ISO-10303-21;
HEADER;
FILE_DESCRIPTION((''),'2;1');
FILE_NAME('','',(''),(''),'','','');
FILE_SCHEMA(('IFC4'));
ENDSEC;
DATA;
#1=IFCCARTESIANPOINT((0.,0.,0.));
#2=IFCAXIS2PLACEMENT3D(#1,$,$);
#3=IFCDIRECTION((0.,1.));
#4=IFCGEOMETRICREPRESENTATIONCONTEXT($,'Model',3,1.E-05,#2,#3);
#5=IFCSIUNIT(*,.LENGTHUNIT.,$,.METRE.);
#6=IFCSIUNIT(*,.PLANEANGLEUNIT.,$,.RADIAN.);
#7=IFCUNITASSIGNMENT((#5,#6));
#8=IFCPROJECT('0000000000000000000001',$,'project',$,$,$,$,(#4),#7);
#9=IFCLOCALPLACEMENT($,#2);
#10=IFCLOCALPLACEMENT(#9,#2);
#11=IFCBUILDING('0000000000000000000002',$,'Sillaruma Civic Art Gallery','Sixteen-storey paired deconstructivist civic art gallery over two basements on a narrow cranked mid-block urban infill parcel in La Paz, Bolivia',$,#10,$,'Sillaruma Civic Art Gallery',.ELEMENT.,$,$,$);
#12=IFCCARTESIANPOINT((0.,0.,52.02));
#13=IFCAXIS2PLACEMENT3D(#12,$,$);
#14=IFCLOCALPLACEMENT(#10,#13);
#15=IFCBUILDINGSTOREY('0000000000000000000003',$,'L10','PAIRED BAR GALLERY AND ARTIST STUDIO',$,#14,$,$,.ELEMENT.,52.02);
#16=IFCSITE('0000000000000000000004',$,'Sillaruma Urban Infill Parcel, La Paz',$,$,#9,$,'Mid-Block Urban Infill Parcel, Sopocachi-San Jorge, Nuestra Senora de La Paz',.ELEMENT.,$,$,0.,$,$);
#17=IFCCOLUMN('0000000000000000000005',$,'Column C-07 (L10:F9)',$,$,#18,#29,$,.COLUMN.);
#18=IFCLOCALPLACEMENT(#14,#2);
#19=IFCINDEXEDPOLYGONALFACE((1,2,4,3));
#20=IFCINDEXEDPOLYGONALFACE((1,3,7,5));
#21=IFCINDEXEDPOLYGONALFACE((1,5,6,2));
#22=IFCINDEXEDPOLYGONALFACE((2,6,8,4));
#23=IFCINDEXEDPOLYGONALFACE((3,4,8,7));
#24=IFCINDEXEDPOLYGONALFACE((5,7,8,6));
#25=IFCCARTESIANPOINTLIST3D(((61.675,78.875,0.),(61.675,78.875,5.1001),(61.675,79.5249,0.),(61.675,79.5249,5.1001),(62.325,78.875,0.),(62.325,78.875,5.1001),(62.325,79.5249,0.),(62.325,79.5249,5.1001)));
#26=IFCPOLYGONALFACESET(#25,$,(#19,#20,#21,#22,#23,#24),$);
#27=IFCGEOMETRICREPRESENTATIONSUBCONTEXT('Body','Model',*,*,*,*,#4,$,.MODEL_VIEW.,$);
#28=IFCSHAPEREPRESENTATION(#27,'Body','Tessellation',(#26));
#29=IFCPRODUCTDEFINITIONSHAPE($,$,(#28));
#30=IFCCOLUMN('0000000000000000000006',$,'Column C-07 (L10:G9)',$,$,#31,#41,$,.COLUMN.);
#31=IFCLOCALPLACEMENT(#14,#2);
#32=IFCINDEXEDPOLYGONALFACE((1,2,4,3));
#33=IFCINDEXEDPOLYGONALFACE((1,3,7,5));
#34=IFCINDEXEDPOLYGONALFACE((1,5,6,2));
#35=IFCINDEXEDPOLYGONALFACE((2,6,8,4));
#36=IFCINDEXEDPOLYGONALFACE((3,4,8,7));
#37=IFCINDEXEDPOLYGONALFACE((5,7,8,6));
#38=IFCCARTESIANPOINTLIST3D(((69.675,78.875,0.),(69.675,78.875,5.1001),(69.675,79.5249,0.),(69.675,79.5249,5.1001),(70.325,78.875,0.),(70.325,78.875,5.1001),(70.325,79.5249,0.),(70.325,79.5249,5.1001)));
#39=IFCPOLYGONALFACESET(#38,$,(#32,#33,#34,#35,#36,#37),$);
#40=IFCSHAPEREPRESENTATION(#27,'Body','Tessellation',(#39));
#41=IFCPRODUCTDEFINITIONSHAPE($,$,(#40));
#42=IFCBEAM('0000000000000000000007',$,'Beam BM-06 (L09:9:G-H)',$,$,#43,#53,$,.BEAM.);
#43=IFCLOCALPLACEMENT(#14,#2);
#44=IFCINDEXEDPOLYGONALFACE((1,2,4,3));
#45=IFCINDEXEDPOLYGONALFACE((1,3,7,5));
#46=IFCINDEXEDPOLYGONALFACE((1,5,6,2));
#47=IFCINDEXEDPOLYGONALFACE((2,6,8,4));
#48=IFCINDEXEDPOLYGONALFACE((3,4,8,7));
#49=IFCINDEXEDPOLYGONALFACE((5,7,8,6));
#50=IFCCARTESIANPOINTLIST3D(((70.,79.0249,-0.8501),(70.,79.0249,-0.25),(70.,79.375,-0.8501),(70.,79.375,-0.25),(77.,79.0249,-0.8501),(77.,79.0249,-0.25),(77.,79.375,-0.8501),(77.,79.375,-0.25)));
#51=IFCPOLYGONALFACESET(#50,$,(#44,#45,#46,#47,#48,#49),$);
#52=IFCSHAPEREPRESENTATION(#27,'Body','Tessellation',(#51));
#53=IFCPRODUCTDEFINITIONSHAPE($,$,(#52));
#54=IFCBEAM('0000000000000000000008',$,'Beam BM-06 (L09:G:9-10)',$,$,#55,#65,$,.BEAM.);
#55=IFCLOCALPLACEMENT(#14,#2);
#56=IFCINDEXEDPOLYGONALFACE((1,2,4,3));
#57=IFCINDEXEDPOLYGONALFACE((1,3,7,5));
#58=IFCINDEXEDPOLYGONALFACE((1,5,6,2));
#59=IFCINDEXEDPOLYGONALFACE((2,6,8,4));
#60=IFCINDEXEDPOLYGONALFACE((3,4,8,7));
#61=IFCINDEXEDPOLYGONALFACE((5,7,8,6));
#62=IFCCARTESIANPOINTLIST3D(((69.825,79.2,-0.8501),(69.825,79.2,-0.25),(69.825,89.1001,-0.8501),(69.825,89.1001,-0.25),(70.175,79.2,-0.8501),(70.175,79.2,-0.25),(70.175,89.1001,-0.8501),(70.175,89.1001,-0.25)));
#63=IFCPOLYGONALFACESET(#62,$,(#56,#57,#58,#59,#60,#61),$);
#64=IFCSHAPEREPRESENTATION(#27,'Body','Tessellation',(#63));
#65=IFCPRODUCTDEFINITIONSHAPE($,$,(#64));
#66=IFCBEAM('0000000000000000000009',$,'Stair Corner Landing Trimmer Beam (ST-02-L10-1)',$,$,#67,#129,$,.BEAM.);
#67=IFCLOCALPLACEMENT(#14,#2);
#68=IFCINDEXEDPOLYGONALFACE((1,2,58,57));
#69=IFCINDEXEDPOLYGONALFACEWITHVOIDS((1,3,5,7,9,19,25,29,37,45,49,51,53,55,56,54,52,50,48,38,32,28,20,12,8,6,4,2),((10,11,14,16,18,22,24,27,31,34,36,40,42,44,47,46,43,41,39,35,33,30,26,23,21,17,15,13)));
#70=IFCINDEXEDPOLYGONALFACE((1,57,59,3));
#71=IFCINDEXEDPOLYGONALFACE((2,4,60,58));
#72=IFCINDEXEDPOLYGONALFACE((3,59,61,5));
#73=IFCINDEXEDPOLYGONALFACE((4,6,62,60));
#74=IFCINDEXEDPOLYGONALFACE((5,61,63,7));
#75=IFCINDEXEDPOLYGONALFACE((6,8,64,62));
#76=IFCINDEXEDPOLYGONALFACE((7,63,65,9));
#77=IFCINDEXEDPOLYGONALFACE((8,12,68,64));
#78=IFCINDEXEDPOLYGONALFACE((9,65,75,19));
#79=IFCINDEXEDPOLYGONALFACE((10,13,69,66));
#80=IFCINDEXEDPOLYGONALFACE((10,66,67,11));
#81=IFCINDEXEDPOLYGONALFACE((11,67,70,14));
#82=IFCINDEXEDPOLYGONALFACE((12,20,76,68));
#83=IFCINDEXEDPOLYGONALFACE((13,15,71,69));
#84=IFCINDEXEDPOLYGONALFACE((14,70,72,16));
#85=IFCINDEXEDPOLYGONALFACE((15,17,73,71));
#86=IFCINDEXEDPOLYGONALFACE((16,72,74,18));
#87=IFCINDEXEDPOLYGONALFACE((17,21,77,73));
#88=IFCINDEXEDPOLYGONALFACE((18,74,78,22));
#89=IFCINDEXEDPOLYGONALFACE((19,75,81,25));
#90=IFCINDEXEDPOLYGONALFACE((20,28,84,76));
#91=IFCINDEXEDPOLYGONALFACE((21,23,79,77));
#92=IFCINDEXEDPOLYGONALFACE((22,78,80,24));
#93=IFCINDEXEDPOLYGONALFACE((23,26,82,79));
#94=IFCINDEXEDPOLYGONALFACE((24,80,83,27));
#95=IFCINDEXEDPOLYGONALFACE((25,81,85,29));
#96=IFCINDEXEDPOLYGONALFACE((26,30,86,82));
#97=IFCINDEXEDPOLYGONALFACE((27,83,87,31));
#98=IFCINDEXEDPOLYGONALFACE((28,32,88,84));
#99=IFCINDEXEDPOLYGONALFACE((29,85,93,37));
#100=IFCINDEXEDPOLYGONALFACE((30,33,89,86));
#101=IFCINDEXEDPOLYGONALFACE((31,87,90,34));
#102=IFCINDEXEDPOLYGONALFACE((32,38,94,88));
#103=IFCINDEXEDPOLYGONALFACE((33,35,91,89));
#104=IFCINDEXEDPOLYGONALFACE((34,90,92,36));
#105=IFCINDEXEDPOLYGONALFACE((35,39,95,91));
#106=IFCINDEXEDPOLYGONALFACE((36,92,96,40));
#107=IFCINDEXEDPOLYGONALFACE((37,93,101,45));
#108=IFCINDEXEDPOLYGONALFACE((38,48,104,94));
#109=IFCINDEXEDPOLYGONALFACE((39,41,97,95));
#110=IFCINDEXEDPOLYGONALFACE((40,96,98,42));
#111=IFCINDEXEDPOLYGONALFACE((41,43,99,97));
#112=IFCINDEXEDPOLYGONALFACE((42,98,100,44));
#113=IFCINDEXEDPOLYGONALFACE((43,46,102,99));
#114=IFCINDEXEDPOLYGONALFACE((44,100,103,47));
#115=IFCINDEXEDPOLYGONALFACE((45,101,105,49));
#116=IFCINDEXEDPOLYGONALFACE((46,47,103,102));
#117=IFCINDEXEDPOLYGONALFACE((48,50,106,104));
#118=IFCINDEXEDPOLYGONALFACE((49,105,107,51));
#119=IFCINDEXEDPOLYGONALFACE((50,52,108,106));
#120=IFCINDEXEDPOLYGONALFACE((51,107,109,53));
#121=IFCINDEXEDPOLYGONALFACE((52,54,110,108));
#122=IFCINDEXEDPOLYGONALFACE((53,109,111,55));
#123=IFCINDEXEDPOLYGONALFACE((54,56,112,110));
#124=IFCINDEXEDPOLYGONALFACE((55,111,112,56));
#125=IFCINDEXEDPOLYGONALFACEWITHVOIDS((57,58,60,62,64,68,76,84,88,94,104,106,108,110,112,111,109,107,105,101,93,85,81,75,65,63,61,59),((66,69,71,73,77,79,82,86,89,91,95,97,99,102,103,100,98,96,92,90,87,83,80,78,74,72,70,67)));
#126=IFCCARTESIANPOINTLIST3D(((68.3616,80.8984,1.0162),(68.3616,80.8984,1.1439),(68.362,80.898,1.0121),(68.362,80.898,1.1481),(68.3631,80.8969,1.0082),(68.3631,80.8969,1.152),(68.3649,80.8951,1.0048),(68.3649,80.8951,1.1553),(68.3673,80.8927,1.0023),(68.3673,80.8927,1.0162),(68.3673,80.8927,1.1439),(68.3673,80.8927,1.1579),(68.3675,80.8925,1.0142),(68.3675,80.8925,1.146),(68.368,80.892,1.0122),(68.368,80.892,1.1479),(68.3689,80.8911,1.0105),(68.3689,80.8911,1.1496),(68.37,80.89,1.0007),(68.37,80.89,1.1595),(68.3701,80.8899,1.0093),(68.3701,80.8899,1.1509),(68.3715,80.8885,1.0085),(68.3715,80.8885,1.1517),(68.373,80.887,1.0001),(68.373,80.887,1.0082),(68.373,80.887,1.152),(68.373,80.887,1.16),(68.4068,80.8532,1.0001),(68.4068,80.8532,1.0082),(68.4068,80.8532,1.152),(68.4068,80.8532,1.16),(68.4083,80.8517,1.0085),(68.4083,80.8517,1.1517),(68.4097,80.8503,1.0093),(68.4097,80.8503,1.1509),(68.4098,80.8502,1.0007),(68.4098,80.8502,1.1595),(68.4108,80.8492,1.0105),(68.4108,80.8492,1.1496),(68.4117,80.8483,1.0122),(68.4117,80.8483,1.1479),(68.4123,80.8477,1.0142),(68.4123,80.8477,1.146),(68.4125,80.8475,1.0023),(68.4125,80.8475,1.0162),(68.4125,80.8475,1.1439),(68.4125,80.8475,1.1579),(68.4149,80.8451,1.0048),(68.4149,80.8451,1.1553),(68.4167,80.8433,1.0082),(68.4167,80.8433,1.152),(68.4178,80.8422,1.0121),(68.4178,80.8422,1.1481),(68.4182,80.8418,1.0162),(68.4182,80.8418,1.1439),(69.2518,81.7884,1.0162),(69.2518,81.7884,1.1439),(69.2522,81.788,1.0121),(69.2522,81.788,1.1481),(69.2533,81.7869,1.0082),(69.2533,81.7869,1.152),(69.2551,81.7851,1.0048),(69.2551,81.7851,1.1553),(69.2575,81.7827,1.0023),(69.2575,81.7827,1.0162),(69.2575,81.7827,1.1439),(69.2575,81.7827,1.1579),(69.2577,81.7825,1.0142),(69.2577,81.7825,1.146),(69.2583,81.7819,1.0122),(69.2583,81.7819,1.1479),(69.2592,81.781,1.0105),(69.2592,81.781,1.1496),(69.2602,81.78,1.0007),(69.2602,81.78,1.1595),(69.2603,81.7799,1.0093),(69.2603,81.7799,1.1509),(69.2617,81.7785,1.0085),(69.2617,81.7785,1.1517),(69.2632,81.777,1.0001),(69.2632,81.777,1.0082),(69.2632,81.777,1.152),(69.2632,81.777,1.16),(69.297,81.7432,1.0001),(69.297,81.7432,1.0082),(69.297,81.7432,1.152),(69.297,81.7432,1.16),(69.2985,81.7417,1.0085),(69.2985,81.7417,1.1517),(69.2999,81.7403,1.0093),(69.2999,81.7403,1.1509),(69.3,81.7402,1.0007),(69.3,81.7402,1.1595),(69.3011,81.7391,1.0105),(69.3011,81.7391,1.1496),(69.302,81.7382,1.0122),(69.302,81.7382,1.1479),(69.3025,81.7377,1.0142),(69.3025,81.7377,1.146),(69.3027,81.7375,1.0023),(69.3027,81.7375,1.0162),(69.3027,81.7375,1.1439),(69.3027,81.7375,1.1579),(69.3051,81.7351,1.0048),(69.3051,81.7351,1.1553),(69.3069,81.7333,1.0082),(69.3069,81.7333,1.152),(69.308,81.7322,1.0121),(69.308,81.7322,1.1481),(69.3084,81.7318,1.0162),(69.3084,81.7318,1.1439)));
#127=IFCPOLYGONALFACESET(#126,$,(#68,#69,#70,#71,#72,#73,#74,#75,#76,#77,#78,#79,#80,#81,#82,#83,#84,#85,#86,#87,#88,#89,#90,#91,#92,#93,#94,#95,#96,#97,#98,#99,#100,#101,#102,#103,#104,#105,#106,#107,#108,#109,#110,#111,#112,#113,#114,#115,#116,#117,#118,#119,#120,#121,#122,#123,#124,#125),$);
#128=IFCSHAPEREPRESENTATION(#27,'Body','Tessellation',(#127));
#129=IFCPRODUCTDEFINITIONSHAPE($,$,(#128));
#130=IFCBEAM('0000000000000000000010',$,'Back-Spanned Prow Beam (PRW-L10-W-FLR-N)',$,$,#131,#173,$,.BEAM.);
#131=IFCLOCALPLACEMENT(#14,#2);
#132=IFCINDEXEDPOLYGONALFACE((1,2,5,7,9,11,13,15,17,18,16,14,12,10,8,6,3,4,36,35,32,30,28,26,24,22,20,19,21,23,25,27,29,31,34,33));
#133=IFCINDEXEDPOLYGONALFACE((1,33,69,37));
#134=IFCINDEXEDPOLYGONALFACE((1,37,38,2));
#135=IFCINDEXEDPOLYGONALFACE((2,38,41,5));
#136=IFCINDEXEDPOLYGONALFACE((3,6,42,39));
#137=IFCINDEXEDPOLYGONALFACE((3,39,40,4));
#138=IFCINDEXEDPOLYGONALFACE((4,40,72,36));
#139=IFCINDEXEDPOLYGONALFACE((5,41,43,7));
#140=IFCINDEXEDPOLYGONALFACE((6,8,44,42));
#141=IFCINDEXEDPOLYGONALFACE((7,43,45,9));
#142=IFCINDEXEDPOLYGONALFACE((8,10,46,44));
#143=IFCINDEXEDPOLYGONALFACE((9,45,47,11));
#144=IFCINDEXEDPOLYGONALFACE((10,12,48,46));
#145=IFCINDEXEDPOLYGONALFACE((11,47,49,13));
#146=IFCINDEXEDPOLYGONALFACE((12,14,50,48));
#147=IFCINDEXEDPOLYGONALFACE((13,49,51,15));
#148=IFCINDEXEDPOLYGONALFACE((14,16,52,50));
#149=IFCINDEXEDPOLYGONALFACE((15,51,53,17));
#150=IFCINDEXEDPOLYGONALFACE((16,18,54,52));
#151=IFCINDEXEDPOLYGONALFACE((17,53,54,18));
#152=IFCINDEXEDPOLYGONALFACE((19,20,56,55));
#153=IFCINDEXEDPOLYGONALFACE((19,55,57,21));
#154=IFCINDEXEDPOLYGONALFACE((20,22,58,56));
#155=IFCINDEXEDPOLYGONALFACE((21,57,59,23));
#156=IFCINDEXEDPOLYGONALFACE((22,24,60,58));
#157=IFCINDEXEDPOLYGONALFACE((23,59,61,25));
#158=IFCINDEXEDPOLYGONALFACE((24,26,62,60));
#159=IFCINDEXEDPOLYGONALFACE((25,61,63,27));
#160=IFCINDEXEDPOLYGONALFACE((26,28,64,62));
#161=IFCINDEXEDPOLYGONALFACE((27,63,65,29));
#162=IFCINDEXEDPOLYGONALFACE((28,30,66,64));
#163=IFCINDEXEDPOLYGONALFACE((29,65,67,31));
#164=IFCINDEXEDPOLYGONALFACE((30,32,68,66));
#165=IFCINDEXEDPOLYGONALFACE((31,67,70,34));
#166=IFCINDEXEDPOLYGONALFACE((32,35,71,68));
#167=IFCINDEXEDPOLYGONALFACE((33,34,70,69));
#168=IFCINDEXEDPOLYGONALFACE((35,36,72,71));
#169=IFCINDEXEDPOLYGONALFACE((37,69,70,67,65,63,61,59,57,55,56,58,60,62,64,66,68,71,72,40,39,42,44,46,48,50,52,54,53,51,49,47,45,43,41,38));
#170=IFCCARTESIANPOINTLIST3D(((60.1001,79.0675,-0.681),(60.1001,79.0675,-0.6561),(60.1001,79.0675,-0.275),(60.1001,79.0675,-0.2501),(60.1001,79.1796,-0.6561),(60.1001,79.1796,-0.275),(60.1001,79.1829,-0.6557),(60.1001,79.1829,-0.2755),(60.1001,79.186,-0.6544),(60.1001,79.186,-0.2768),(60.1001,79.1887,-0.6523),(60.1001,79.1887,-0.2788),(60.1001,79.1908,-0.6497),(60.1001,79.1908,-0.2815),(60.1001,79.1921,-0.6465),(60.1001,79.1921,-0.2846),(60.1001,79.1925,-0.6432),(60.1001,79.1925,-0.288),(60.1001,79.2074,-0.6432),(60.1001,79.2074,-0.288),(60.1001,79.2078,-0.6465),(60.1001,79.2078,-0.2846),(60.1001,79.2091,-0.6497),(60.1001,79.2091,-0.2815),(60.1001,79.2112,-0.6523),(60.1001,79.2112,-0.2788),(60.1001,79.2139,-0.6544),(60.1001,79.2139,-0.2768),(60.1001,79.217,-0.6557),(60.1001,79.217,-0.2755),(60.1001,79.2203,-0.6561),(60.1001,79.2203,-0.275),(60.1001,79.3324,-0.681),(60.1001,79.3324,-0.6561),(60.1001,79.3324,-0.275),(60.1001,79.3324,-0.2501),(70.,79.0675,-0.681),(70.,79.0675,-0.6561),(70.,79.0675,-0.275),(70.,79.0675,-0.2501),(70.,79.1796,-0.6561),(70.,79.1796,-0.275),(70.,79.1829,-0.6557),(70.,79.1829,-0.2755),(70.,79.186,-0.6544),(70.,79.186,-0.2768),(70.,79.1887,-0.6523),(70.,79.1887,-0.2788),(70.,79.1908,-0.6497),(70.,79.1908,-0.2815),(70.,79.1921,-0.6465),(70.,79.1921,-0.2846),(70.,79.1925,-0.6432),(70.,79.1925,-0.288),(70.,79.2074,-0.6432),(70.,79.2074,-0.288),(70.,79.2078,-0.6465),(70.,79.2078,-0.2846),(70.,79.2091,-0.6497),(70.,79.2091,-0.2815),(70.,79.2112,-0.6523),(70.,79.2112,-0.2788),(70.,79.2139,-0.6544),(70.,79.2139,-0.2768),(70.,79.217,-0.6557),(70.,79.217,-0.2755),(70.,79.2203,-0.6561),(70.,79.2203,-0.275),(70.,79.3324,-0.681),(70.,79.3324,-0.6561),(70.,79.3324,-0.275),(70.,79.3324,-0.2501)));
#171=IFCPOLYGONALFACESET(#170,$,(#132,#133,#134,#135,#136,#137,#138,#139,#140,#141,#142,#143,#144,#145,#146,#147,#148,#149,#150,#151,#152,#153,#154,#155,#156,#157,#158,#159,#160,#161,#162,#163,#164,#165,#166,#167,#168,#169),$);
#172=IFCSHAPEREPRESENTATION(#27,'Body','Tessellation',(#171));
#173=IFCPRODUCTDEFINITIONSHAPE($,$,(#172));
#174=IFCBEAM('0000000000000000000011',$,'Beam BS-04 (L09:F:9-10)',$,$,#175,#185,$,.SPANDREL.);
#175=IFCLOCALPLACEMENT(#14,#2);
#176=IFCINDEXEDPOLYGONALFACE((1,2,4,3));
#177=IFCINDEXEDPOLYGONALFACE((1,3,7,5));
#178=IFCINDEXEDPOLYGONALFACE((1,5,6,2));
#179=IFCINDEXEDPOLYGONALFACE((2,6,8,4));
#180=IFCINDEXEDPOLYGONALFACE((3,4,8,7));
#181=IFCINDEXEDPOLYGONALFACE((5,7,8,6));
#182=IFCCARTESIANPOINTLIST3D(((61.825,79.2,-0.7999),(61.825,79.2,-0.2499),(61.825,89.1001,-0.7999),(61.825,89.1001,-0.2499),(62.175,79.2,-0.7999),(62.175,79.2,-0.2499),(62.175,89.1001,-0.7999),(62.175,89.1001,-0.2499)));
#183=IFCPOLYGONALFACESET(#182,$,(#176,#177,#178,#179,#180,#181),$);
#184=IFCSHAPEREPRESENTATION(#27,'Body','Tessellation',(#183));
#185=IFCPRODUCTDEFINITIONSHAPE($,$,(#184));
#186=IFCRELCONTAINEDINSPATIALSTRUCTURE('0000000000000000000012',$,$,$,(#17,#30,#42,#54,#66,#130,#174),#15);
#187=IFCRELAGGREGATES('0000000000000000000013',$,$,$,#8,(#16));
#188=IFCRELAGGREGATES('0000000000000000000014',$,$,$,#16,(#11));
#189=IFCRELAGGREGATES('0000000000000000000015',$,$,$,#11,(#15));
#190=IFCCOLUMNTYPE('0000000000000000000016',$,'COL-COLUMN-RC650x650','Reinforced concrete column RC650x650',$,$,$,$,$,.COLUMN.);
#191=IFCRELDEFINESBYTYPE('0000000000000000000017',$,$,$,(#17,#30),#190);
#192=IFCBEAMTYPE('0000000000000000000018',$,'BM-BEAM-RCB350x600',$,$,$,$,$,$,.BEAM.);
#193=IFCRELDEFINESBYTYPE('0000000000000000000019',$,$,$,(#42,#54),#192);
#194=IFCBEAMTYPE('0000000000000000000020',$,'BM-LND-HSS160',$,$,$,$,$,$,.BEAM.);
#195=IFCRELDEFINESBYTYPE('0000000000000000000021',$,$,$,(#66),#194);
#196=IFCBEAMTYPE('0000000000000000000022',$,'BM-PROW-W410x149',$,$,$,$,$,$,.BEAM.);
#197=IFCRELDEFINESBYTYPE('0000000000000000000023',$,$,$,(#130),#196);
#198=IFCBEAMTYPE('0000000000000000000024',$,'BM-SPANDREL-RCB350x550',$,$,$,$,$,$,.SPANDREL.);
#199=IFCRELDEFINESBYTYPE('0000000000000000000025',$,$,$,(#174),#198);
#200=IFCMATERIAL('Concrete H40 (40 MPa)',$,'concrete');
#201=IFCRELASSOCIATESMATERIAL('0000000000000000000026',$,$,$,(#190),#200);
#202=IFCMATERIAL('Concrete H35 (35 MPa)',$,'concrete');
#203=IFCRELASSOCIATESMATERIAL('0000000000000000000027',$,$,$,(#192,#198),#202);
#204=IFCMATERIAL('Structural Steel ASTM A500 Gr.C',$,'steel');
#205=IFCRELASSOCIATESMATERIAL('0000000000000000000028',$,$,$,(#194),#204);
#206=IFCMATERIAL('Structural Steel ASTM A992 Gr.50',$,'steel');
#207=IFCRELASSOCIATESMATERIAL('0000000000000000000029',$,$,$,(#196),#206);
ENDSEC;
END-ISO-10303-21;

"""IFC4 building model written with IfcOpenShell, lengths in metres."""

from ifc_helpers import new_model, si_unit, direction, frame, origin, origin_2d, place, context, subcontext, project, spatial, rectangle, hollow_rectangle, i_section, extrude, material, material_profile, profile_set, type_object, element, save


model = new_model("IFC4")

# Units and contexts
model_context = context("Model", 3, precision=1e-05, world=origin(), true_north=direction((0.0, 1.0)))
body_context = subcontext(model_context, "Body", "Model", "MODEL_VIEW")
ifc_project = project(units=[si_unit("LENGTHUNIT", "METRE"), si_unit("PLANEANGLEUNIT", "RADIAN")], contexts=[model_context])

# Site, building, storey
site_placement = place(None, origin())
site = spatial("IfcSite", under=ifc_project, at=site_placement, Name="Sillaruma Urban Infill Parcel, La Paz", LongName="Mid-Block Urban Infill Parcel, Sopocachi-San Jorge, Nuestra Senora de La Paz", CompositionType="ELEMENT", RefElevation=0.0)
building_placement = place(site_placement, origin())
building = spatial("IfcBuilding", under=site, at=building_placement, Name="Sillaruma Civic Art Gallery", Description="Sixteen-storey paired deconstructivist civic art gallery over two basements on a narrow cranked mid-block urban infill parcel in La Paz, Bolivia", LongName="Sillaruma Civic Art Gallery", CompositionType="ELEMENT")
storey_placement = place(building_placement, frame((0.0, 0.0, 52.02)))
storey = spatial("IfcBuildingStorey", under=building, at=storey_placement, Name="L10", Description="PAIRED BAR GALLERY AND ARTIST STUDIO", CompositionType="ELEMENT", Elevation=52.02)

# Columns
ifc_material_1 = material(Name="Concrete H40 (40 MPa)", Category="concrete")
ifc_material_profile_1 = material_profile(ifc_material_1, rectangle(XDim=0.6499, YDim=0.6499, at=origin_2d()), Name="RC650x650")
ifc_profile_set_1 = profile_set([ifc_material_profile_1], Name="Concrete H40 (40 MPa)")
column_type = type_object("IfcColumnType", Name="COL-COLUMN-RC650x650", Description="Reinforced concrete column RC650x650", PredefinedType="COLUMN", material=ifc_profile_set_1)
for number, where, z_axis, x_axis, name in (
    (1, (62.0, 79.2, 0.0), (0.0, 0.0, 1.0), (1.0, 0.0, 0.0), "Column C-07 (L10:F9)"),
    (2, (70.0, 79.2, 0.0), (0.0, 0.0, 1.0), (1.0, 0.0, 0.0), "Column C-07 (L10:G9)"),
):
    element("IfcColumn", number, at=place(storey_placement, frame(where, z_axis=z_axis, x_axis=x_axis)), inside=storey, type_object=column_type, Name=name, PredefinedType="COLUMN", context=body_context, shape_type="SweptSolid", body=[
        extrude(rectangle(XDim=0.6499, YDim=0.6499, at=origin_2d()), origin(), (0.0, 0.0, 1.0), 5.1001),
    ])

# Beams
ifc_material_2 = material(Name="Concrete H35 (35 MPa)", Category="concrete")
ifc_material_profile_2 = material_profile(ifc_material_2, rectangle(XDim=0.3501, YDim=0.6001, at=origin_2d()), Name="RCB350x600")
ifc_profile_set_2 = profile_set([ifc_material_profile_2], Name="Concrete H35 (35 MPa)")
beam_type_1 = type_object("IfcBeamType", Name="BM-BEAM-RCB350x600", PredefinedType="BEAM", material=ifc_profile_set_2)
beam_1_placement = place(storey_placement, frame((70.0, 79.2, -0.55), z_axis=(1.0, 0.0, 0.0), x_axis=(0.0, 1.0, 0.0)))
element("IfcBeam", 3, at=beam_1_placement, inside=storey, type_object=beam_type_1, Name="Beam BM-06 (L09:9:G-H)", PredefinedType="BEAM", context=body_context, shape_type="SweptSolid", body=[
    extrude(rectangle(XDim=0.3501, YDim=0.6001, at=origin_2d()), origin(), (0.0, 0.0, 1.0), 7.0),
])
beam_2_placement = place(storey_placement, frame((70.0, 79.2, -0.55), z_axis=(0.0, 1.0, 0.0), x_axis=(-1.0, 0.0, 0.0)))
element("IfcBeam", 4, at=beam_2_placement, inside=storey, type_object=beam_type_1, Name="Beam BM-06 (L09:G:9-10)", PredefinedType="BEAM", context=body_context, shape_type="SweptSolid", body=[
    extrude(rectangle(XDim=0.3501, YDim=0.6001, at=origin_2d()), origin(), (0.0, 0.0, 1.0), 9.9001),
])
ifc_material_3 = material(Name="Structural Steel ASTM A500 Gr.C", Category="steel")
ifc_material_profile_3 = material_profile(ifc_material_3, hollow_rectangle(XDim=0.0801, YDim=0.1599, WallThickness=0.0081, InnerFilletRadius=0.0081, OuterFilletRadius=0.0161, at=origin_2d()), Name="HSS160x80x8")
ifc_profile_set_3 = profile_set([ifc_material_profile_3], Name="Structural Steel ASTM A500 Gr.C")
beam_type_2 = type_object("IfcBeamType", Name="BM-LND-HSS160", PredefinedType="BEAM", material=ifc_profile_set_3)
beam_3_placement = place(storey_placement, frame((68.3899, 80.8701, 1.0801), z_axis=(0.707204, 0.70701, 0.0), x_axis=(-0.70701, 0.707204, 0.0)))
element("IfcBeam", 5, at=beam_3_placement, inside=storey, type_object=beam_type_2, Name="Stair Corner Landing Trimmer Beam (ST-02-L10-1)", PredefinedType="BEAM", context=body_context, shape_type="SweptSolid", body=[
    extrude(hollow_rectangle(XDim=0.0801, YDim=0.1599, WallThickness=0.0081, InnerFilletRadius=0.0081, OuterFilletRadius=0.0161, at=origin_2d()), origin(), (0.0, 0.0, 1.0), 1.2588),
])
ifc_material_4 = material(Name="Structural Steel ASTM A992 Gr.50", Category="steel")
ifc_material_profile_4 = material_profile(ifc_material_4, i_section(OverallWidth=0.2649, OverallDepth=0.4309, WebThickness=0.0149, FlangeThickness=0.0249, FilletRadius=0.0129, at=origin_2d()), Name="W410x149")
ifc_profile_set_4 = profile_set([ifc_material_profile_4], Name="Structural Steel ASTM A992 Gr.50")
beam_type_3 = type_object("IfcBeamType", Name="BM-PROW-W410x149", PredefinedType="BEAM", material=ifc_profile_set_4)
beam_4_placement = place(storey_placement, frame((70.0, 79.2, -0.4656), z_axis=(-1.0, 0.0, 0.0), x_axis=(0.0, -1.0, 0.0)))
element("IfcBeam", 6, at=beam_4_placement, inside=storey, type_object=beam_type_3, Name="Back-Spanned Prow Beam (PRW-L10-W-FLR-N)", PredefinedType="BEAM", context=body_context, shape_type="SweptSolid", body=[
    extrude(i_section(OverallWidth=0.2649, OverallDepth=0.4309, WebThickness=0.0149, FlangeThickness=0.0249, FilletRadius=0.0129, at=origin_2d()), origin(), (0.0, 0.0, 1.0), 9.8999),
])
ifc_material_profile_5 = material_profile(ifc_material_2, rectangle(XDim=0.3501, YDim=0.55, at=origin_2d()), Name="RCB350x550")
ifc_profile_set_5 = profile_set([ifc_material_profile_5], Name="Concrete H35 (35 MPa)")
beam_type_4 = type_object("IfcBeamType", Name="BM-SPANDREL-RCB350x550", PredefinedType="SPANDREL", material=ifc_profile_set_5)
beam_5_placement = place(storey_placement, frame((62.0, 79.2, -0.5249), z_axis=(0.0, 1.0, 0.0), x_axis=(-1.0, 0.0, 0.0)))
element("IfcBeam", 7, at=beam_5_placement, inside=storey, type_object=beam_type_4, Name="Beam BS-04 (L09:F:9-10)", PredefinedType="SPANDREL", context=body_context, shape_type="SweptSolid", body=[
    extrude(rectangle(XDim=0.3501, YDim=0.55, at=origin_2d()), origin(), (0.0, 0.0, 1.0), 9.9001),
])

save(model, "model.ifc")
